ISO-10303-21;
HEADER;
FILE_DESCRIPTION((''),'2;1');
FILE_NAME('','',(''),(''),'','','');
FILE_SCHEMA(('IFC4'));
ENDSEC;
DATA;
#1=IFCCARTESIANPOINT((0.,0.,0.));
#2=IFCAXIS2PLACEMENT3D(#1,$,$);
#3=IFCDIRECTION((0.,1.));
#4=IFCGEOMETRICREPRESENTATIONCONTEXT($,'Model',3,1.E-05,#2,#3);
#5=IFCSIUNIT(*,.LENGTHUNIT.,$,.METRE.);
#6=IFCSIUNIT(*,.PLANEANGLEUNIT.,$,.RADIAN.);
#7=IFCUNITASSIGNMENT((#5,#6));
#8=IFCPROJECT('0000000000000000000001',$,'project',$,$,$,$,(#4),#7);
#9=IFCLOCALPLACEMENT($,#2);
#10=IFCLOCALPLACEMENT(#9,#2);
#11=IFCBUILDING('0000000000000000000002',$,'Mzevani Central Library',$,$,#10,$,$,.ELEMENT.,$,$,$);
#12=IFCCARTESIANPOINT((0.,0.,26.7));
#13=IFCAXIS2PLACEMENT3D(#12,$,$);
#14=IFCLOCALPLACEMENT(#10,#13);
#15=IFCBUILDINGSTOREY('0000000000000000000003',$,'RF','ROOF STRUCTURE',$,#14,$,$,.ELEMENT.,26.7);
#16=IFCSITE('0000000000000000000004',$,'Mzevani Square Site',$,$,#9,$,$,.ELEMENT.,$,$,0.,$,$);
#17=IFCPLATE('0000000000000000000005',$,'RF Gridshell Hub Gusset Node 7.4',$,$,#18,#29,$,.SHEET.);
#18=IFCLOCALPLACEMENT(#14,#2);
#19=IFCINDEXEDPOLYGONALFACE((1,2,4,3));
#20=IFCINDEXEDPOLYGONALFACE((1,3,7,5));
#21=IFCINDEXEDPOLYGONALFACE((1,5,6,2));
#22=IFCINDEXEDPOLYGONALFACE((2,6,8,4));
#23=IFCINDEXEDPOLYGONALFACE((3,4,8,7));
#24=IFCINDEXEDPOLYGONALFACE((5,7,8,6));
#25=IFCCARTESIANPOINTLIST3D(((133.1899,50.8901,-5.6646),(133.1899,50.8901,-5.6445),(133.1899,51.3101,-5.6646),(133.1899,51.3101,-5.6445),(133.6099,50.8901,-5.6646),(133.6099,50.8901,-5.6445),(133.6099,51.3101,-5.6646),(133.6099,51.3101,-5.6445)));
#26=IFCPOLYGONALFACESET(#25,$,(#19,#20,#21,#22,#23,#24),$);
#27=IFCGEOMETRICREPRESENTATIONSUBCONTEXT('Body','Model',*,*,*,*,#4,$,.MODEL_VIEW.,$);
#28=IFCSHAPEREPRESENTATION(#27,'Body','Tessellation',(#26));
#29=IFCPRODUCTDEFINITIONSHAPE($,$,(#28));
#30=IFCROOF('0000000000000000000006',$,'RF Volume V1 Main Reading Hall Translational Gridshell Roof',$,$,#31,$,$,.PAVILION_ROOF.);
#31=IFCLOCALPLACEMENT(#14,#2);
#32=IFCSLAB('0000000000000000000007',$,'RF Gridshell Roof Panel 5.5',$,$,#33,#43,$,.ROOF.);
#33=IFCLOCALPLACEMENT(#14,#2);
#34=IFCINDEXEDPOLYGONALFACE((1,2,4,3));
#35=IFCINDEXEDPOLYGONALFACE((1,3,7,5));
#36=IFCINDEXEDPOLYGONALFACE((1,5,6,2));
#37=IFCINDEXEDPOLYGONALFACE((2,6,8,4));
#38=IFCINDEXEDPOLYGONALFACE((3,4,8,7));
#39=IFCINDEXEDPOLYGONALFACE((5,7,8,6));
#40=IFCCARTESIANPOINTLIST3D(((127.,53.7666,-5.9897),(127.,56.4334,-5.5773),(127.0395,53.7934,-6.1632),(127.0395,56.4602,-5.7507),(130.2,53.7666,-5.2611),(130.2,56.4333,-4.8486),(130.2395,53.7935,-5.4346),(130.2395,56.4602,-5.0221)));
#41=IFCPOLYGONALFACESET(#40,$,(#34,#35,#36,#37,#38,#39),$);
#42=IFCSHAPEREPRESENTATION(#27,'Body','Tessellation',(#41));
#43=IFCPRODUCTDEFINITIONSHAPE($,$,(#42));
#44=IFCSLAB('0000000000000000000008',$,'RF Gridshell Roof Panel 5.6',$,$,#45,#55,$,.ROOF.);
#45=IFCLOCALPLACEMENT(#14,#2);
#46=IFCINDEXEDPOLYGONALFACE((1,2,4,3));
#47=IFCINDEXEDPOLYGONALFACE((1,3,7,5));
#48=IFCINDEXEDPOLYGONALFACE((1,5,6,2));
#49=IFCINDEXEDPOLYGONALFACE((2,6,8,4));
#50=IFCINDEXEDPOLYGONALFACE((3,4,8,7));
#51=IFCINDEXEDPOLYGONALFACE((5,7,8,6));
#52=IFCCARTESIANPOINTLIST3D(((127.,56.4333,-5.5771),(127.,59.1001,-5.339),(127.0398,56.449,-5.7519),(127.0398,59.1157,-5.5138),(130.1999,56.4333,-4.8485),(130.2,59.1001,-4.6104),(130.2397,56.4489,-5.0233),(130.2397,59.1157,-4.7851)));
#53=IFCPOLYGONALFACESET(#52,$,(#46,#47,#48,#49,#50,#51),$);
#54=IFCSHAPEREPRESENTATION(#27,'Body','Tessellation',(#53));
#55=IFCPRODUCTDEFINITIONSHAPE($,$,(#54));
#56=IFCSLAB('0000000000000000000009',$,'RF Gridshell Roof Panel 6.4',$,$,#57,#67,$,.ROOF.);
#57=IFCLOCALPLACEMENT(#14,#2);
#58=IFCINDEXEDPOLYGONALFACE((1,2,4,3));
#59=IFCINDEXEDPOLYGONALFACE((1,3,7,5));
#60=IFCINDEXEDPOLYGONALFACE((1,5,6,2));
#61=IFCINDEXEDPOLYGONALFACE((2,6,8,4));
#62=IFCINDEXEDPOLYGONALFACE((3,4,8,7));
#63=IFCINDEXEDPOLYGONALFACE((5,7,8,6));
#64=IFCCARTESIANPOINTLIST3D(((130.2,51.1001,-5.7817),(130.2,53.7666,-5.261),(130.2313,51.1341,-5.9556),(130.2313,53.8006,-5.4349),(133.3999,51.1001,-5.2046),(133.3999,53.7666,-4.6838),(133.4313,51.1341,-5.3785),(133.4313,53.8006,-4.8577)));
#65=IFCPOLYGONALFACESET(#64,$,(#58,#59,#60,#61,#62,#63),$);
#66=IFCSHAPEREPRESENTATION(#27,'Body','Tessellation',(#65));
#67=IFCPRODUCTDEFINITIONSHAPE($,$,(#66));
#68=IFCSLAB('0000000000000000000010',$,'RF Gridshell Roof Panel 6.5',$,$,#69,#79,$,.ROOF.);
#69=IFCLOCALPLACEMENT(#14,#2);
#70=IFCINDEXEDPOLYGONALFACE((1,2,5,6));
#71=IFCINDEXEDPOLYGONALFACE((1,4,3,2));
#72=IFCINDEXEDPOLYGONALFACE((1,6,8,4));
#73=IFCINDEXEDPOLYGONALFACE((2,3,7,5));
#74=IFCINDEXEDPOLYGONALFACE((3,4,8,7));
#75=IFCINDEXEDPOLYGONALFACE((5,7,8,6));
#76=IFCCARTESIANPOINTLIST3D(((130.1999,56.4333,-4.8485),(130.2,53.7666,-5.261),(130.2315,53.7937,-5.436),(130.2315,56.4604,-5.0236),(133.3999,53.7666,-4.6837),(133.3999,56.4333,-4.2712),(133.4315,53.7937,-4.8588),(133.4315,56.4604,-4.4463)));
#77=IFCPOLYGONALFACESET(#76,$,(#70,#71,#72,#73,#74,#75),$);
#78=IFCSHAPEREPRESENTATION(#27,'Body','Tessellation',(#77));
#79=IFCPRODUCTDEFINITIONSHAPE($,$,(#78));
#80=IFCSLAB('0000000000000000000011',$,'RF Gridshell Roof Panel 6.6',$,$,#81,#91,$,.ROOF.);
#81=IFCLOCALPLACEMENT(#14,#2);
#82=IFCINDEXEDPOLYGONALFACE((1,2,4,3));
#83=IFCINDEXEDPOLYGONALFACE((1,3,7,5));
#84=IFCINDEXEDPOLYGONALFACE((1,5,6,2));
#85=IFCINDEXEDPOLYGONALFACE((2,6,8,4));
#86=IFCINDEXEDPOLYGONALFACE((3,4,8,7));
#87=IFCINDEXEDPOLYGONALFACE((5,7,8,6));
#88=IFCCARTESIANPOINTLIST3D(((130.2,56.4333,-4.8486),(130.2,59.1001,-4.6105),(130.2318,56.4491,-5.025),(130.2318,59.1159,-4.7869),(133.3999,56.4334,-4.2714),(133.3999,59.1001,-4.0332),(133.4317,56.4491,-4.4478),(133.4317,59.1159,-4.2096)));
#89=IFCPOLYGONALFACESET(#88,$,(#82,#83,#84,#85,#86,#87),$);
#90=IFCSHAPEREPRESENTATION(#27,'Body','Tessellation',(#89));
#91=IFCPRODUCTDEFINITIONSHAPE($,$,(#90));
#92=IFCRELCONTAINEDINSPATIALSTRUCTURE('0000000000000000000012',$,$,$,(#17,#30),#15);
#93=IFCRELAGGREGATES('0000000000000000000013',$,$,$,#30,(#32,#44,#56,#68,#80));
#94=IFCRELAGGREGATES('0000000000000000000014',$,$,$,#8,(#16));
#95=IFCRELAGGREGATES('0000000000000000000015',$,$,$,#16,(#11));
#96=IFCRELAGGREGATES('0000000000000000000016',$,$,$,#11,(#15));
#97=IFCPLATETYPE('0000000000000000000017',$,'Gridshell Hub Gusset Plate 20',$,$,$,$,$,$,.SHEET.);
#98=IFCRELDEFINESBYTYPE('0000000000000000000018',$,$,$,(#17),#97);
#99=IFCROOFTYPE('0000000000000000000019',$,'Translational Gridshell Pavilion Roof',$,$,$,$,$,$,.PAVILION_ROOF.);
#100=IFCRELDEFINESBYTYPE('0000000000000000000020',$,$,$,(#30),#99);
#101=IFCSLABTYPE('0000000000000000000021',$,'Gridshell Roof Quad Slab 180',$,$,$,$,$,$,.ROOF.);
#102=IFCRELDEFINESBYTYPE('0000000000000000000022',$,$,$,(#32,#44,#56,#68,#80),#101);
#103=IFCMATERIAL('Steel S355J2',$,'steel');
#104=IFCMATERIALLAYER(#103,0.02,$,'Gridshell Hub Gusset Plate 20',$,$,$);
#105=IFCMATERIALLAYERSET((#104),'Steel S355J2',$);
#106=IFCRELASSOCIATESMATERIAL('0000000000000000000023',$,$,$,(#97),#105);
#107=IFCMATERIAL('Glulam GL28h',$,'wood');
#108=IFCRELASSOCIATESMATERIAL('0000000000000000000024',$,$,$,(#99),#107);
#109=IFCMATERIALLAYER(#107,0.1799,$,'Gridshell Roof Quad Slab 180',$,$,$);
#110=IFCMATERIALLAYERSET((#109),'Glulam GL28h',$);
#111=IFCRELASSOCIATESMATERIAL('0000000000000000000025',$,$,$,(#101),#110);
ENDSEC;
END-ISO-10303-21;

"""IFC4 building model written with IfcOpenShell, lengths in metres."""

from ifc_helpers import new_model, si_unit, direction, frame, origin, origin_2d, place, context, subcontext, project, spatial, polyline, rectangle, outline, extrude, material, layer, layer_set, type_object, element, aggregate, save


model = new_model("IFC4")

# Units and contexts
model_context = context("Model", 3, precision=1e-05, world=origin(), true_north=direction((0.0, 1.0)))
body_context = subcontext(model_context, "Body", "Model", "MODEL_VIEW")
ifc_project = project(units=[si_unit("LENGTHUNIT", "METRE"), si_unit("PLANEANGLEUNIT", "RADIAN")], contexts=[model_context])

# Site, building, storey
site_placement = place(None, origin())
site = spatial("IfcSite", under=ifc_project, at=site_placement, Name="Mzevani Square Site", CompositionType="ELEMENT", RefElevation=0.0)
building_placement = place(site_placement, origin())
building = spatial("IfcBuilding", under=site, at=building_placement, Name="Mzevani Central Library", CompositionType="ELEMENT")
storey_placement = place(building_placement, frame((0.0, 0.0, 26.7)))
storey = spatial("IfcBuildingStorey", under=building, at=storey_placement, Name="RF", Description="ROOF STRUCTURE", CompositionType="ELEMENT", Elevation=26.7)

# Shared definitions
ifc_material_1 = material(Name="Steel S355J2", Category="steel")
ifc_material_2 = material(Name="Glulam GL28h", Category="wood")

# Plate
ifc_layer_1 = layer(ifc_material_1, 0.02, Name="Gridshell Hub Gusset Plate 20")
ifc_layer_set_1 = layer_set([ifc_layer_1], Name="Steel S355J2")
plate_type = type_object("IfcPlateType", Name="Gridshell Hub Gusset Plate 20", PredefinedType="SHEET", material=ifc_layer_set_1)
for number, where, z_axis, x_axis, name in (
    (1, (133.3999, 51.1001, -5.6646), (0.0, 0.0, 1.0), (1.0, 0.0, 0.0), "RF Gridshell Hub Gusset Node 7.4"),
):
    element("IfcPlate", number, at=place(storey_placement, frame(where, z_axis=z_axis, x_axis=x_axis)), inside=storey, type_object=plate_type, Name=name, PredefinedType="SHEET", context=body_context, shape_type="SweptSolid", body=[
        extrude(rectangle(XDim=0.4199, YDim=0.4199, at=origin_2d()), origin(), (0.0, 0.0, 1.0), 0.02),
    ])

# Roof, slabs
roof_type = type_object("IfcRoofType", Name="Translational Gridshell Pavilion Roof", PredefinedType="PAVILION_ROOF", material=ifc_material_2)
roof_placement = place(storey_placement, origin())
roof = element("IfcRoof", 2, at=roof_placement, inside=storey, type_object=roof_type, Name="RF Volume V1 Main Reading Hall Translational Gridshell Roof", PredefinedType="PAVILION_ROOF")
ifc_layer_2 = layer(ifc_material_2, 0.1799, Name="Gridshell Roof Quad Slab 180")
ifc_layer_set_2 = layer_set([ifc_layer_2], Name="Glulam GL28h")
slab_type = type_object("IfcSlabType", Name="Gridshell Roof Quad Slab 180", PredefinedType="ROOF", material=ifc_layer_set_2)
slab_1_placement = place(storey_placement, frame((127.0, 53.7666, -5.9897), z_axis=(-0.219537, -0.149127, 0.964139), x_axis=(0.975042, 0.000005, 0.222021)))
slab_1 = element("IfcSlab", 3, at=slab_1_placement, type_object=slab_type, Name="RF Gridshell Roof Panel 5.5", PredefinedType="ROOF", context=body_context, shape_type="SweptSolid", body=[
    extrude(outline(polyline([(0.0, 0.0), (3.2819, 0.0), (3.3735, 2.6969), (0.0916, 2.6969), (0.0, 0.0)])), origin(), (0.0, 0.0, -1.0), 0.1799),
])
slab_2_placement = place(storey_placement, frame((127.0, 56.4333, -5.5771), z_axis=(-0.221183, -0.08675, 0.971366), x_axis=(0.975042, -0.000003, 0.22202)))
slab_2 = element("IfcSlab", 4, at=slab_2_placement, type_object=slab_type, Name="RF Gridshell Roof Panel 5.6", PredefinedType="ROOF", context=body_context, shape_type="SweptSolid", body=[
    extrude(outline(polyline([(0.0, 0.0), (3.2818, 0.0), (3.3347, 2.6768), (0.0528, 2.6768), (0.0, 0.0)])), origin(), (0.0, 0.0, -1.0), 0.1799),
])
slab_3_placement = place(storey_placement, frame((130.2, 51.1001, -5.7817), z_axis=(-0.174308, -0.188739, 0.966434), x_axis=(0.984121, 0.0, 0.177498)))
slab_3 = element("IfcSlab", 5, at=slab_3_placement, type_object=slab_type, Name="RF Gridshell Roof Panel 6.4", PredefinedType="ROOF", context=body_context, shape_type="SweptSolid", body=[
    extrude(outline(polyline([(0.0, 0.0), (3.2516, 0.0), (3.344, 2.7153), (0.0924, 2.7153), (0.0, 0.0)])), origin(), (0.0, 0.0, -1.0), 0.1799),
])
slab_4_placement = place(storey_placement, frame((130.2, 53.7666, -5.261), z_axis=(-0.175512, -0.150483, 0.972908), x_axis=(0.984115, -0.000005, 0.177533)))
slab_4 = element("IfcSlab", 6, at=slab_4_placement, type_object=slab_type, Name="RF Gridshell Roof Panel 6.5", PredefinedType="ROOF", context=body_context, shape_type="SweptSolid", body=[
    extrude(outline(polyline([(0.0, 0.0), (3.2516, 0.0), (3.3248, 2.6975), (0.0732, 2.6974), (0.0, 0.0)])), origin(), (0.0, 0.0, -1.0), 0.1799),
])
slab_5_placement = place(storey_placement, frame((130.2, 56.4333, -4.8486), z_axis=(-0.176852, -0.087551, 0.980336), x_axis=(0.984115, 0.000003, 0.177534)))
slab_5 = element("IfcSlab", 7, at=slab_5_placement, type_object=slab_type, Name="RF Gridshell Roof Panel 6.6", PredefinedType="ROOF", context=body_context, shape_type="SweptSolid", body=[
    extrude(outline(polyline([(0.0, 0.0), (3.2516, 0.0), (3.2939, 2.677), (0.0423, 2.677), (0.0, 0.0)])), origin(), (0.0, 0.0, -1.0), 0.1799),
])
aggregate(roof, [slab_1, slab_2, slab_3, slab_4, slab_5])

save(model, "model.ifc")
